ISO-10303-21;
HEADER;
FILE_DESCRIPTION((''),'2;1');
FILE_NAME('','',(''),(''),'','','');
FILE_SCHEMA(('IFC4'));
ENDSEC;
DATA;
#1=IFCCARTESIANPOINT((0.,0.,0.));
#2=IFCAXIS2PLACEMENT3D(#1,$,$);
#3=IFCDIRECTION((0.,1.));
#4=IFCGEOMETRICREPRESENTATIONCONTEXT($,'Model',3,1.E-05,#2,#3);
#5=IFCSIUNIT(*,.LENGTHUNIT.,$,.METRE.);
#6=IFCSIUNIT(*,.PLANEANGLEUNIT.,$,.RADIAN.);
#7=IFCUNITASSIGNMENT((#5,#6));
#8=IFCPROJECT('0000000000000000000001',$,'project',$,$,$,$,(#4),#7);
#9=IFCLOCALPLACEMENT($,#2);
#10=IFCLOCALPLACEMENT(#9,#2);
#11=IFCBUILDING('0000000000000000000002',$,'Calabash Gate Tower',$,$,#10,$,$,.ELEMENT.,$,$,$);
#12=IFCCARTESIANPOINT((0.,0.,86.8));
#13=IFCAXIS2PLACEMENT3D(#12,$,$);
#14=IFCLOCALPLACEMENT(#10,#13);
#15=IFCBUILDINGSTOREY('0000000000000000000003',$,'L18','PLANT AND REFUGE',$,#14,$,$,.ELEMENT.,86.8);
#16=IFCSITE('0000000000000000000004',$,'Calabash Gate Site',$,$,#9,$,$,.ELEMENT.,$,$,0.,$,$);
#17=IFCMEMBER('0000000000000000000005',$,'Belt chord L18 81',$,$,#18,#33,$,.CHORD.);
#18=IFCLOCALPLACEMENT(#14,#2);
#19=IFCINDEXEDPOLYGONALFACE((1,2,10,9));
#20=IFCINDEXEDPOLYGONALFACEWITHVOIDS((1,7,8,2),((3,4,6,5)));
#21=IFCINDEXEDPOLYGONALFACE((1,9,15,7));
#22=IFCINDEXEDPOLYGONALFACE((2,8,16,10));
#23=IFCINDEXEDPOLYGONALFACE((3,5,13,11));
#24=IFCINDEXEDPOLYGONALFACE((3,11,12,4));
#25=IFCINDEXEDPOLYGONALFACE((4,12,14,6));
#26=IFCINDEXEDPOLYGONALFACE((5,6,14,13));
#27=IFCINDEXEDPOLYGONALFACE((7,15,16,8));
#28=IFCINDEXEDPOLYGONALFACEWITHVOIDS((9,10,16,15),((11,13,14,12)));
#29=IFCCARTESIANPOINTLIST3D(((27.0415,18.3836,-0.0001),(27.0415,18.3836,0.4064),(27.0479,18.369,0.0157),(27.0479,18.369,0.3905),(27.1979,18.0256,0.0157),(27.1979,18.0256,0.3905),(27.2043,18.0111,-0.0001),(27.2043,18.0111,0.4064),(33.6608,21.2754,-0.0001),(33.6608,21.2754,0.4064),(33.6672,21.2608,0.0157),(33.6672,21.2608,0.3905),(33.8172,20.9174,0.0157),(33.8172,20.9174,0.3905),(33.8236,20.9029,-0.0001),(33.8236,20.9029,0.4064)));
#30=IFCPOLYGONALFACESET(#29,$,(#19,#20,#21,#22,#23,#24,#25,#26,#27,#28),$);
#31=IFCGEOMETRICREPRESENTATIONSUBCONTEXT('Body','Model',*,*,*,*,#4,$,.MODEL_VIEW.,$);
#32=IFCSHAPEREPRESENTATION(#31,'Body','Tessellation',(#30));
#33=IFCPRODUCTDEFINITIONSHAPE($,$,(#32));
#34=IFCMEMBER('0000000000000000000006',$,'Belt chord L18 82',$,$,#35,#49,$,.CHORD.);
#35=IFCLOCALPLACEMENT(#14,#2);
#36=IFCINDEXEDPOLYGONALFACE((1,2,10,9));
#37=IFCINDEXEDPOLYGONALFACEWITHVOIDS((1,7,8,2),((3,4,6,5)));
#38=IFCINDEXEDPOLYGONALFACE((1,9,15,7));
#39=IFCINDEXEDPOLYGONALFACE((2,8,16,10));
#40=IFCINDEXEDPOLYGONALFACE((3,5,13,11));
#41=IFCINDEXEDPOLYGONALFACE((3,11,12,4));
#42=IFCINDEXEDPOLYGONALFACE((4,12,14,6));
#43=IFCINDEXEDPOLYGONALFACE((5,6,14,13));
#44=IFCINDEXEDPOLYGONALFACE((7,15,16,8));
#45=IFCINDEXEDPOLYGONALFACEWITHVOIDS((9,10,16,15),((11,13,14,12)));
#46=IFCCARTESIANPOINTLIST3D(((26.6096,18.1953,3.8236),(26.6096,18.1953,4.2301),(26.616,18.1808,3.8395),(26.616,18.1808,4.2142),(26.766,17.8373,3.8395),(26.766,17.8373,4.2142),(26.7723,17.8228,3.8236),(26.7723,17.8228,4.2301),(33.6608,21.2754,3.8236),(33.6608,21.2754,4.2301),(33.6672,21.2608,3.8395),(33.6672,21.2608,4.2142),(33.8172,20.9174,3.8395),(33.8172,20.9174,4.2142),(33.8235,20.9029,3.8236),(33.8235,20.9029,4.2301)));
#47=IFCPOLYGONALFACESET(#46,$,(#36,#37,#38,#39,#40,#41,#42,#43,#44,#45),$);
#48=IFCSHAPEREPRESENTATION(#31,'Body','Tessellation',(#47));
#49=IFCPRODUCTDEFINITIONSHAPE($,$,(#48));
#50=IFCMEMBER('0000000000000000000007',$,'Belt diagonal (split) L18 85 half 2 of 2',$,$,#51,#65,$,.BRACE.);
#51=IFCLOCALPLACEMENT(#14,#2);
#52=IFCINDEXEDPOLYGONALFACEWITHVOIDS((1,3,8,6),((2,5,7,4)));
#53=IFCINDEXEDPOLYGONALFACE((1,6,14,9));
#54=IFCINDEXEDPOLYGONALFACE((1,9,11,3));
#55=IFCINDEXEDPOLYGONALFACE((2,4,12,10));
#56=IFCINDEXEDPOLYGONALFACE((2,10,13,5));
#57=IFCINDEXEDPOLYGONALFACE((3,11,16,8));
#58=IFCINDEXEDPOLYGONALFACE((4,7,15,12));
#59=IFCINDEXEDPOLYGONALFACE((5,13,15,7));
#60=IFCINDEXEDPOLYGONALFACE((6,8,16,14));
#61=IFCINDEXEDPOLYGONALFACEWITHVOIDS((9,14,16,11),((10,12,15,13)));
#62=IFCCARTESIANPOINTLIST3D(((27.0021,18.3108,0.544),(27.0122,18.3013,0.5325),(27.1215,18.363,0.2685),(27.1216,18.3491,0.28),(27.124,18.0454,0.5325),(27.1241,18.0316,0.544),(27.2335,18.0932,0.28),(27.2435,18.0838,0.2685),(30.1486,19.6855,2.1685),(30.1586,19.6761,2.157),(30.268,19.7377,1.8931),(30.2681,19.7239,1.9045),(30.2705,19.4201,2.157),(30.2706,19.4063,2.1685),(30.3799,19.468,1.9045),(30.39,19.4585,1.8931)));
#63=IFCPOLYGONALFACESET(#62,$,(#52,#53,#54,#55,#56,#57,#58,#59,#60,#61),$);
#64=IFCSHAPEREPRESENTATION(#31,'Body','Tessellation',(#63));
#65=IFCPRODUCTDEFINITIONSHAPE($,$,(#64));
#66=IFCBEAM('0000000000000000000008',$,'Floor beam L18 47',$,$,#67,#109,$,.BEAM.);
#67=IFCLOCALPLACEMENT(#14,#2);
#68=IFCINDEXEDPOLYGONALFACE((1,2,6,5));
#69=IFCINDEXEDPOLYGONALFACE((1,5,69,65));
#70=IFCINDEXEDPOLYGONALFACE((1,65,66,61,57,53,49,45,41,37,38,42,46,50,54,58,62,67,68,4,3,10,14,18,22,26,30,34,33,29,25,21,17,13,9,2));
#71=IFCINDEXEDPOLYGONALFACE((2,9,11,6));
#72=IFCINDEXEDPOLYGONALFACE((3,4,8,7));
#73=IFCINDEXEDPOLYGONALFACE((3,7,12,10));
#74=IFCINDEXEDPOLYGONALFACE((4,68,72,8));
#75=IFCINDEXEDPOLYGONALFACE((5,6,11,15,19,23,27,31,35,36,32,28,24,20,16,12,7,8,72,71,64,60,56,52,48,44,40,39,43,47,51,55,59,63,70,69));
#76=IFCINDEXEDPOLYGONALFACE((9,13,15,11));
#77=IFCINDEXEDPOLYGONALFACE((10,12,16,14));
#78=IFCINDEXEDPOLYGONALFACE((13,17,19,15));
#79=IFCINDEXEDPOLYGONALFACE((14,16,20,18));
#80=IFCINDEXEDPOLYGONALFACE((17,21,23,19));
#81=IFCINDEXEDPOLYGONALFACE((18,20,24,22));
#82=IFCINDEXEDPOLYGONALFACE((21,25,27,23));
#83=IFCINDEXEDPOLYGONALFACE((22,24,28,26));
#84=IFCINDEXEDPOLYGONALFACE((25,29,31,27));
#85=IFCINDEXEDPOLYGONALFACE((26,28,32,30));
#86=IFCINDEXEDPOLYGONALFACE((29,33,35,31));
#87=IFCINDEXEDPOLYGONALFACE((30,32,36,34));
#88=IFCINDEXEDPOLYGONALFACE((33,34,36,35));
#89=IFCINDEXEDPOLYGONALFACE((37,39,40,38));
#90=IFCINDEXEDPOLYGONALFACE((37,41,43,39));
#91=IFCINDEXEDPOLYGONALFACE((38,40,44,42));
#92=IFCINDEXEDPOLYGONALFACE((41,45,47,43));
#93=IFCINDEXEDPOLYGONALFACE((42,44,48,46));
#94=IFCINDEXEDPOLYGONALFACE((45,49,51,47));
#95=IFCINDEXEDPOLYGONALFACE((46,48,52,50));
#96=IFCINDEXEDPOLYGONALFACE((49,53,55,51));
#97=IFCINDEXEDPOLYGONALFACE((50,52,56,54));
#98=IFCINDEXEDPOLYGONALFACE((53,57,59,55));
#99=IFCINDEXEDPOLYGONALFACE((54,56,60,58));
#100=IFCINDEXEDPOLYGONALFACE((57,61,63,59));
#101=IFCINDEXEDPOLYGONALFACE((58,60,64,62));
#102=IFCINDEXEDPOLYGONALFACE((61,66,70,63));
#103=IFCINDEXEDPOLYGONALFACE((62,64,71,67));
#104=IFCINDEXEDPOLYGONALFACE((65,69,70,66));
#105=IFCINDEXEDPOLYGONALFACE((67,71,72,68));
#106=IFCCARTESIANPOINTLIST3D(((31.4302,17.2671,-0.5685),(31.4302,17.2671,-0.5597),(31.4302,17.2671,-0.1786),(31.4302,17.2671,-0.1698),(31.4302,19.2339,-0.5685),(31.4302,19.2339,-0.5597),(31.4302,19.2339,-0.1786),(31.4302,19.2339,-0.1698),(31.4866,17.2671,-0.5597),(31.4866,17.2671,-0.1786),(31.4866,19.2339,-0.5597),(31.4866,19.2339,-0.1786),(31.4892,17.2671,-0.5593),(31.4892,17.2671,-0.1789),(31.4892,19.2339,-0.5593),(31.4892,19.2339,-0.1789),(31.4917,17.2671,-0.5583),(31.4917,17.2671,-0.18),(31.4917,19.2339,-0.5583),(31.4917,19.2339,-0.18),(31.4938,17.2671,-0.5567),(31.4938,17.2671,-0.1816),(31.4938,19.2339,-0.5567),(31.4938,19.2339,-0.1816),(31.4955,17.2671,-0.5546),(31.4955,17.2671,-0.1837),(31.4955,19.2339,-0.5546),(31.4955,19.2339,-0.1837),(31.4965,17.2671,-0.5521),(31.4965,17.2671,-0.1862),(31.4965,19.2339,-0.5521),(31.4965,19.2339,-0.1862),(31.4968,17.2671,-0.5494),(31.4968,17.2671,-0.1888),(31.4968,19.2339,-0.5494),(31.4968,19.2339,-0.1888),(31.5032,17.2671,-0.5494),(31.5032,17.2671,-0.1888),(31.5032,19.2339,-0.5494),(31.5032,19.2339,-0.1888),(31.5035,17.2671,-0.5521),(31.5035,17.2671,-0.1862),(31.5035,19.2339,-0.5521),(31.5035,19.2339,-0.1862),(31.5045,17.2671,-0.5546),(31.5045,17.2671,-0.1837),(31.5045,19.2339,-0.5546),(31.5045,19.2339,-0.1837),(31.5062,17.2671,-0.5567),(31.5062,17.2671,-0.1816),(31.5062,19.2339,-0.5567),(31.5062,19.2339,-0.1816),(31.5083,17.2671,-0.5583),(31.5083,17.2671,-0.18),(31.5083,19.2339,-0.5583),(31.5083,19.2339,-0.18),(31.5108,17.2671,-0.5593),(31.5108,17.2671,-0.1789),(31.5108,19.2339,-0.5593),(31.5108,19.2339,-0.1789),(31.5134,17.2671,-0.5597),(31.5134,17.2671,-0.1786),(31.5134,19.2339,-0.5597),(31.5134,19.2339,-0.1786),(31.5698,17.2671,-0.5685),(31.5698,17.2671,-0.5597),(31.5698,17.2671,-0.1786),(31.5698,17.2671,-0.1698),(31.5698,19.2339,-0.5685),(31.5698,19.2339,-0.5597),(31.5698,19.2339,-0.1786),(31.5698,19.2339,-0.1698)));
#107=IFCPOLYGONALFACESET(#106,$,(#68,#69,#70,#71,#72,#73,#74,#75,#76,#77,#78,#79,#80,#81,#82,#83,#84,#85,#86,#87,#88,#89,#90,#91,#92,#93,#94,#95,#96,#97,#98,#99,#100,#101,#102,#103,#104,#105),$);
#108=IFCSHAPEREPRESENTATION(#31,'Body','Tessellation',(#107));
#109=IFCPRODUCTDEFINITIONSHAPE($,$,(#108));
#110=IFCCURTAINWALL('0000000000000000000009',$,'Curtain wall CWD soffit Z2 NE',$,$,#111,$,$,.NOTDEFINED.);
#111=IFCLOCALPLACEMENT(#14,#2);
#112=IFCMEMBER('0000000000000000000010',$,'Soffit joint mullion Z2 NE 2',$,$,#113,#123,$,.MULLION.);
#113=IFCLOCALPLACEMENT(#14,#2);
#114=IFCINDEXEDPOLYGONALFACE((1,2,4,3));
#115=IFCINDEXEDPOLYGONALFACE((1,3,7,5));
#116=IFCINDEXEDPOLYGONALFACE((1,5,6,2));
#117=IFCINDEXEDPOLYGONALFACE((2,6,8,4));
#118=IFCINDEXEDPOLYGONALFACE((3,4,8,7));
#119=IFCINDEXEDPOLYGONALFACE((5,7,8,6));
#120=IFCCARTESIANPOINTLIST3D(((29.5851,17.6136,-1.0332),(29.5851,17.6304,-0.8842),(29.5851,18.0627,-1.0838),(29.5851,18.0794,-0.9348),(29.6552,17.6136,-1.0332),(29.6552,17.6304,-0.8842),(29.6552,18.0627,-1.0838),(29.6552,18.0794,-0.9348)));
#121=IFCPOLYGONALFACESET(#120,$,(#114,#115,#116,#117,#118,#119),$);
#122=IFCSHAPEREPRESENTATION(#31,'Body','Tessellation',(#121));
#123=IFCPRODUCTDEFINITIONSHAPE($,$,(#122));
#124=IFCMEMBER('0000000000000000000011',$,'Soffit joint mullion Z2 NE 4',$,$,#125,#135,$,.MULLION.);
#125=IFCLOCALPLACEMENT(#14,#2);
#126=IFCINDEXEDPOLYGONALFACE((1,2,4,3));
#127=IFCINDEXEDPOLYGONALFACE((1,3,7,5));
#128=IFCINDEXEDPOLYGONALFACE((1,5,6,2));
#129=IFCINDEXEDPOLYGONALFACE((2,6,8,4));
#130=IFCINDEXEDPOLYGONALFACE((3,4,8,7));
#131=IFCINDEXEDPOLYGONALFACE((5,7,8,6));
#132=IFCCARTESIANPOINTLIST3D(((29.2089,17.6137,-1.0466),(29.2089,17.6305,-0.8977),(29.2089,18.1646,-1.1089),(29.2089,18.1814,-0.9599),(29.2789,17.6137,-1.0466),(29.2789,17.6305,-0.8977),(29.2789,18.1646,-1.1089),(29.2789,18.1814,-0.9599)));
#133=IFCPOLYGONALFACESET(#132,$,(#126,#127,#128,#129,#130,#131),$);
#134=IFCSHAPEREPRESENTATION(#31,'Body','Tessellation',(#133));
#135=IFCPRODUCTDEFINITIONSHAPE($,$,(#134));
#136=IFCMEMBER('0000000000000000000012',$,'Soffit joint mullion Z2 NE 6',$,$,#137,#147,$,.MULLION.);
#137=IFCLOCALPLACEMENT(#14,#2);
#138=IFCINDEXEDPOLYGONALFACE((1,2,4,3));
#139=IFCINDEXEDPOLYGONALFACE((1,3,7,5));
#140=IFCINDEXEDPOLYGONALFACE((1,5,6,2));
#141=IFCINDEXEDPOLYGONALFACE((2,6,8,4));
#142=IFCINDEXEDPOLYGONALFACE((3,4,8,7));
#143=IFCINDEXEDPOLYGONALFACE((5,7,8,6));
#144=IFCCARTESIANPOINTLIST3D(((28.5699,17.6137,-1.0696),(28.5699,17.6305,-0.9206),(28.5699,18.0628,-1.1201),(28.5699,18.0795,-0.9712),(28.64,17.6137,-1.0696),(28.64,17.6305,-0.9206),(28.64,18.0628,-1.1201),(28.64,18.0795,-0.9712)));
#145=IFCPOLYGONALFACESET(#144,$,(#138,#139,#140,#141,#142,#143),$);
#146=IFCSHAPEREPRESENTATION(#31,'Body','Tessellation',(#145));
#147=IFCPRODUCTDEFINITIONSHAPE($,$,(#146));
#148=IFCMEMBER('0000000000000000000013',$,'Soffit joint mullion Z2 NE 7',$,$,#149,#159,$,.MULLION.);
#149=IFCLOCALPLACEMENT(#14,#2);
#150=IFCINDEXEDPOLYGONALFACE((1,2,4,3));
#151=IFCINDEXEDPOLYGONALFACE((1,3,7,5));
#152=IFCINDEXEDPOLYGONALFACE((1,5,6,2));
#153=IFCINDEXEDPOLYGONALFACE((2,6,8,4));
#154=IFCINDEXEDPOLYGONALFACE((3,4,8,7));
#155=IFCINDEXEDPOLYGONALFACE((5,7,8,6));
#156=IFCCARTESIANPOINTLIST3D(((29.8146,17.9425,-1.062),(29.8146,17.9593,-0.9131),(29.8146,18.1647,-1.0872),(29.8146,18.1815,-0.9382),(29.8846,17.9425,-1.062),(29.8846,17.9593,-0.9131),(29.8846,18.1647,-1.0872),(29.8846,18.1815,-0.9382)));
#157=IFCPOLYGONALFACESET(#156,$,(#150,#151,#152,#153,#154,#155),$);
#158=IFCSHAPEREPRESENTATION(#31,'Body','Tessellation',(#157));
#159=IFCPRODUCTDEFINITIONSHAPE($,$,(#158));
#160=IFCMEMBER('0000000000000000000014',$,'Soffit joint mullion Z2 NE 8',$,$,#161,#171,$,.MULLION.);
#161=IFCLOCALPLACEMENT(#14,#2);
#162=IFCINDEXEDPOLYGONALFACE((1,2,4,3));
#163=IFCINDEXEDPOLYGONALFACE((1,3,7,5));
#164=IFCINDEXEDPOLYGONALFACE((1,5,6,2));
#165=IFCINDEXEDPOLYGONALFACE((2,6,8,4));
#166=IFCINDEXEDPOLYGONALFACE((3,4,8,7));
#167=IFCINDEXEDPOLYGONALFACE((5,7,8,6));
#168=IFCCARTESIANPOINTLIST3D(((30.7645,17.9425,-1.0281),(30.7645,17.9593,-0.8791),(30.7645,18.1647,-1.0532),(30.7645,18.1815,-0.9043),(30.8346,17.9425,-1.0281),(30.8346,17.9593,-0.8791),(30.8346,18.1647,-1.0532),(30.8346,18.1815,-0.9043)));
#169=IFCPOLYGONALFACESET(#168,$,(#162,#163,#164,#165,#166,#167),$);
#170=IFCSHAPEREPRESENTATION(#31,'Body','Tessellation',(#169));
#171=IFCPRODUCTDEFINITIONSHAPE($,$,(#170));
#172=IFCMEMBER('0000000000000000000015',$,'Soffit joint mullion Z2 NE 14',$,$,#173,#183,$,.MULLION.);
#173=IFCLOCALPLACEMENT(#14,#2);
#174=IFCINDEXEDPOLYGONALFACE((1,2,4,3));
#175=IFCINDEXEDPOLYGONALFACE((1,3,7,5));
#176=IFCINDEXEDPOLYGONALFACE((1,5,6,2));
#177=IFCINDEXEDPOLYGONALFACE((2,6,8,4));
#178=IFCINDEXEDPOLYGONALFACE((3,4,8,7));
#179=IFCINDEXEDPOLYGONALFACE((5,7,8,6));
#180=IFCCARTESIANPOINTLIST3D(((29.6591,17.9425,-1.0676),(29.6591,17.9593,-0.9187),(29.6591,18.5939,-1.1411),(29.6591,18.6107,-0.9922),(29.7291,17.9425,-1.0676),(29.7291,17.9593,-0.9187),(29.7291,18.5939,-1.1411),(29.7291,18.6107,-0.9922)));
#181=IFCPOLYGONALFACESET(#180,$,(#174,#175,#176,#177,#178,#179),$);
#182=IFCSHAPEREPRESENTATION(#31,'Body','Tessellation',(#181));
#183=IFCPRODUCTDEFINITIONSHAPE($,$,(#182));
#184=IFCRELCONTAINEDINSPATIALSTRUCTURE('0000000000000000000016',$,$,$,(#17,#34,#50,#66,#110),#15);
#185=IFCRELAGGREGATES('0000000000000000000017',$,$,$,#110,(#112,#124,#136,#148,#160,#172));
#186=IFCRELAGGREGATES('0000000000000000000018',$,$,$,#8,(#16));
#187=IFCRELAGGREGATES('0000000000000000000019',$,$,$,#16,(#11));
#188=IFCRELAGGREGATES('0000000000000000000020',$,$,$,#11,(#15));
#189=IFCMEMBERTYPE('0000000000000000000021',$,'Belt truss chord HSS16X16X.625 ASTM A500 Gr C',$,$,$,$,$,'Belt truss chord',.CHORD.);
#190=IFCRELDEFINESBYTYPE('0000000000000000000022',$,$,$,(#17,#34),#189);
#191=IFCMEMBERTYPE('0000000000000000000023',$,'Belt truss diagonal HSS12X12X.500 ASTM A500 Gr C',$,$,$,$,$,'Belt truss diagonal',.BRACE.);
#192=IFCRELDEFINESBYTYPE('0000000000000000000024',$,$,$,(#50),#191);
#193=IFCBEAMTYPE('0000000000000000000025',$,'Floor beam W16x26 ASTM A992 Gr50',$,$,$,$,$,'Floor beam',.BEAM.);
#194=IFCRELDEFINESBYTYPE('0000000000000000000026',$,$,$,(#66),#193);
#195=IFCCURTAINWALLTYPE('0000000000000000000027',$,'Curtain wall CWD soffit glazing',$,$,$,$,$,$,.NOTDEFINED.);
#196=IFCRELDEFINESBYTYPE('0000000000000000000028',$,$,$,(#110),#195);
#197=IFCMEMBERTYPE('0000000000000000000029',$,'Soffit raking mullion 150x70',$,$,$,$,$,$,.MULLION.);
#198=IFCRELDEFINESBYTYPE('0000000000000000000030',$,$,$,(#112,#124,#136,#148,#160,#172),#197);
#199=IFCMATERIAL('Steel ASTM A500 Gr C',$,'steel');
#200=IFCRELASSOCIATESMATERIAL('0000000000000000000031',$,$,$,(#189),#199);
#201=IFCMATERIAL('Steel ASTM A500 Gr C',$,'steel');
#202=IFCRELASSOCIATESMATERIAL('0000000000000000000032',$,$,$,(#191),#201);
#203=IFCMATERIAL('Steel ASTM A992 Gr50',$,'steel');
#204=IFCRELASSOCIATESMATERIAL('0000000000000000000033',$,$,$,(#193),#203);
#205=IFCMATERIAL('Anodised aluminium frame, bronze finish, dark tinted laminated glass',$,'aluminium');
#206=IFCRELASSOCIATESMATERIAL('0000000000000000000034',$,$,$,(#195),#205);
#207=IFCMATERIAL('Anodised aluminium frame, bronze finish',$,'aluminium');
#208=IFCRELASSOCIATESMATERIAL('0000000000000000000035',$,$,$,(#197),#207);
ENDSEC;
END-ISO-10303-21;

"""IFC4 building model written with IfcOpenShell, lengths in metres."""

from ifc_helpers import new_model, si_unit, direction, frame, origin, origin_2d, place, context, subcontext, project, spatial, rectangle, hollow_rectangle, i_section, extrude, material, material_profile, profile_set, type_object, element, aggregate, save


model = new_model("IFC4")

# Units and contexts
model_context = context("Model", 3, precision=1e-05, world=origin(), true_north=direction((0.0, 1.0)))
body_context = subcontext(model_context, "Body", "Model", "MODEL_VIEW")
ifc_project = project(units=[si_unit("LENGTHUNIT", "METRE"), si_unit("PLANEANGLEUNIT", "RADIAN")], contexts=[model_context])

# Site, building, storey
site_placement = place(None, origin())
site = spatial("IfcSite", under=ifc_project, at=site_placement, Name="Calabash Gate Site", CompositionType="ELEMENT", RefElevation=0.0)
building_placement = place(site_placement, origin())
building = spatial("IfcBuilding", under=site, at=building_placement, Name="Calabash Gate Tower", CompositionType="ELEMENT")
storey_placement = place(building_placement, frame((0.0, 0.0, 86.8)))
storey = spatial("IfcBuildingStorey", under=building, at=storey_placement, Name="L18", Description="PLANT AND REFUGE", CompositionType="ELEMENT", Elevation=86.8)

# Members
ifc_material_1 = material(Name="Steel ASTM A500 Gr C", Category="steel")
ifc_material_profile_1 = material_profile(ifc_material_1, hollow_rectangle(XDim=0.4065, YDim=0.4065, WallThickness=0.0159, at=origin_2d()))
ifc_profile_set_1 = profile_set([ifc_material_profile_1], Name="Steel ASTM A500 Gr C")
member_type_1 = type_object("IfcMemberType", Name="Belt truss chord HSS16X16X.625 ASTM A500 Gr C", ElementType="Belt truss chord", PredefinedType="CHORD", material=ifc_profile_set_1)
member_1_placement = place(storey_placement, frame((33.7422, 21.0891, 0.2031), z_axis=(-0.916367, -0.400338, 0.0), x_axis=(0.400338, -0.916367, 0.0)))
element("IfcMember", 1, at=member_1_placement, inside=storey, type_object=member_type_1, Name="Belt chord L18 81", PredefinedType="CHORD", context=body_context, shape_type="SweptSolid", body=[
    extrude(hollow_rectangle(XDim=0.4065, YDim=0.4065, WallThickness=0.0159, at=origin_2d()), origin(), (0.0, 0.0, 1.0), 7.2234),
])
member_2_placement = place(storey_placement, frame((33.7422, 21.0891, 4.0269), z_axis=(-0.916389, -0.400289, 0.0), x_axis=(0.400289, -0.916389, 0.0)))
element("IfcMember", 2, at=member_2_placement, inside=storey, type_object=member_type_1, Name="Belt chord L18 82", PredefinedType="CHORD", context=body_context, shape_type="SweptSolid", body=[
    extrude(hollow_rectangle(XDim=0.4065, YDim=0.4065, WallThickness=0.0159, at=origin_2d()), origin(), (0.0, 0.0, 1.0), 7.6946),
])
ifc_material_2 = material(Name="Steel ASTM A500 Gr C", Category="steel")
ifc_material_profile_2 = material_profile(ifc_material_2, hollow_rectangle(XDim=0.3047, YDim=0.3047, WallThickness=0.0127, at=origin_2d()))
ifc_profile_set_2 = profile_set([ifc_material_profile_2], Name="Steel ASTM A500 Gr C")
member_type_2 = type_object("IfcMemberType", Name="Belt truss diagonal HSS12X12X.500 ASTM A500 Gr C", ElementType="Belt truss diagonal", PredefinedType="BRACE", material=ifc_profile_set_2)
member_3_placement = place(storey_placement, frame((30.2693, 19.572, 2.0308), z_axis=(-0.828328, -0.361911, -0.427661), x_axis=(0.400371, -0.916353, 0.0)))
element("IfcMember", 3, at=member_3_placement, inside=storey, type_object=member_type_2, Name="Belt diagonal (split) L18 85 half 2 of 2", PredefinedType="BRACE", context=body_context, shape_type="SweptSolid", body=[
    extrude(hollow_rectangle(XDim=0.3047, YDim=0.3047, WallThickness=0.0127, at=origin_2d()), origin(), (0.0, 0.0, 1.0), 3.7986),
])

# Beam
ifc_material_3 = material(Name="Steel ASTM A992 Gr50", Category="steel")
ifc_material_profile_3 = material_profile(ifc_material_3, i_section(OverallWidth=0.1396, OverallDepth=0.3987, WebThickness=0.0063, FlangeThickness=0.0088, FilletRadius=0.0103, at=origin_2d()))
ifc_profile_set_3 = profile_set([ifc_material_profile_3], Name="Steel ASTM A992 Gr50")
beam_type = type_object("IfcBeamType", Name="Floor beam W16x26 ASTM A992 Gr50", ElementType="Floor beam", PredefinedType="BEAM", material=ifc_profile_set_3)
beam_placement = place(storey_placement, frame((31.5, 17.2671, -0.3691), z_axis=(0.0, 1.0, 0.0), x_axis=(-1.0, 0.0, 0.0)))
element("IfcBeam", 4, at=beam_placement, inside=storey, type_object=beam_type, Name="Floor beam L18 47", PredefinedType="BEAM", context=body_context, shape_type="SweptSolid", body=[
    extrude(i_section(OverallWidth=0.1396, OverallDepth=0.3987, WebThickness=0.0063, FlangeThickness=0.0088, FilletRadius=0.0103, at=origin_2d()), origin(), (0.0, 0.0, 1.0), 1.9668),
])

# Curtain wall, members
ifc_material_4 = material(Name="Anodised aluminium frame, bronze finish, dark tinted laminated glass", Category="aluminium")
curtain_wall_type = type_object("IfcCurtainWallType", Name="Curtain wall CWD soffit glazing", PredefinedType="NOTDEFINED", material=ifc_material_4)
curtain_wall_placement = place(storey_placement, origin())
curtain_wall = element("IfcCurtainWall", 5, at=curtain_wall_placement, inside=storey, type_object=curtain_wall_type, Name="Curtain wall CWD soffit Z2 NE", PredefinedType="NOTDEFINED")
ifc_material_5 = material(Name="Anodised aluminium frame, bronze finish", Category="aluminium")
ifc_material_profile_4 = material_profile(ifc_material_5, rectangle(XDim=0.1499, YDim=0.0701, at=origin_2d()))
ifc_profile_set_4 = profile_set([ifc_material_profile_4], Name="Anodised aluminium frame, bronze finish")
member_type_3 = type_object("IfcMemberType", Name="Soffit raking mullion 150x70", PredefinedType="MULLION", material=ifc_profile_set_4)
member_4_placement = place(storey_placement, frame((29.6201, 18.071, -1.0093), z_axis=(0.0, -0.993725, 0.111855), x_axis=(0.0, 0.111855, 0.993725)))
member_4 = element("IfcMember", 6, at=member_4_placement, type_object=member_type_3, Name="Soffit joint mullion Z2 NE 2", PredefinedType="MULLION", context=body_context, shape_type="SweptSolid", body=[
    extrude(rectangle(XDim=0.1499, YDim=0.0701, at=origin_2d()), origin(), (0.0, 0.0, 1.0), 0.4519),
])
member_5_placement = place(storey_placement, frame((29.2439, 17.6221, -0.9722), z_axis=(0.0, 0.993678, -0.112268), x_axis=(0.0, 0.112268, 0.993678)))
member_5 = element("IfcMember", 7, at=member_5_placement, type_object=member_type_3, Name="Soffit joint mullion Z2 NE 4", PredefinedType="MULLION", context=body_context, shape_type="SweptSolid", body=[
    extrude(rectangle(XDim=0.1499, YDim=0.0701, at=origin_2d()), origin(), (0.0, 0.0, 1.0), 0.5544),
])
member_6_placement = place(storey_placement, frame((28.605, 17.6221, -0.9951), z_axis=(0.0, 0.993725, -0.111855), x_axis=(0.0, 0.111855, 0.993725)))
member_6 = element("IfcMember", 8, at=member_6_placement, type_object=member_type_3, Name="Soffit joint mullion Z2 NE 6", PredefinedType="MULLION", context=body_context, shape_type="SweptSolid", body=[
    extrude(rectangle(XDim=0.1499, YDim=0.0701, at=origin_2d()), origin(), (0.0, 0.0, 1.0), 0.4519),
])
member_7_placement = place(storey_placement, frame((29.8496, 18.1731, -1.0127), z_axis=(0.0, -0.993655, 0.112469), x_axis=(0.0, 0.112469, 0.993655)))
member_7 = element("IfcMember", 9, at=member_7_placement, type_object=member_type_3, Name="Soffit joint mullion Z2 NE 7", PredefinedType="MULLION", context=body_context, shape_type="SweptSolid", body=[
    extrude(rectangle(XDim=0.1499, YDim=0.0701, at=origin_2d()), origin(), (0.0, 0.0, 1.0), 0.2236),
])
member_8_placement = place(storey_placement, frame((30.7996, 18.1731, -0.9788), z_axis=(0.0, -0.993655, 0.112469), x_axis=(0.0, 0.112469, 0.993655)))
member_8 = element("IfcMember", 10, at=member_8_placement, type_object=member_type_3, Name="Soffit joint mullion Z2 NE 8", PredefinedType="MULLION", context=body_context, shape_type="SweptSolid", body=[
    extrude(rectangle(XDim=0.1499, YDim=0.0701, at=origin_2d()), origin(), (0.0, 0.0, 1.0), 0.2236),
])
member_9_placement = place(storey_placement, frame((29.6941, 18.6023, -1.0667), z_axis=(0.0, -0.993696, 0.112107), x_axis=(0.0, 0.112107, 0.993696)))
member_9 = element("IfcMember", 11, at=member_9_placement, type_object=member_type_3, Name="Soffit joint mullion Z2 NE 14", PredefinedType="MULLION", context=body_context, shape_type="SweptSolid", body=[
    extrude(rectangle(XDim=0.1499, YDim=0.0701, at=origin_2d()), origin(), (0.0, 0.0, 1.0), 0.6555),
])
aggregate(curtain_wall, [member_4, member_5, member_6, member_7, member_8, member_9])

save(model, "model.ifc")
